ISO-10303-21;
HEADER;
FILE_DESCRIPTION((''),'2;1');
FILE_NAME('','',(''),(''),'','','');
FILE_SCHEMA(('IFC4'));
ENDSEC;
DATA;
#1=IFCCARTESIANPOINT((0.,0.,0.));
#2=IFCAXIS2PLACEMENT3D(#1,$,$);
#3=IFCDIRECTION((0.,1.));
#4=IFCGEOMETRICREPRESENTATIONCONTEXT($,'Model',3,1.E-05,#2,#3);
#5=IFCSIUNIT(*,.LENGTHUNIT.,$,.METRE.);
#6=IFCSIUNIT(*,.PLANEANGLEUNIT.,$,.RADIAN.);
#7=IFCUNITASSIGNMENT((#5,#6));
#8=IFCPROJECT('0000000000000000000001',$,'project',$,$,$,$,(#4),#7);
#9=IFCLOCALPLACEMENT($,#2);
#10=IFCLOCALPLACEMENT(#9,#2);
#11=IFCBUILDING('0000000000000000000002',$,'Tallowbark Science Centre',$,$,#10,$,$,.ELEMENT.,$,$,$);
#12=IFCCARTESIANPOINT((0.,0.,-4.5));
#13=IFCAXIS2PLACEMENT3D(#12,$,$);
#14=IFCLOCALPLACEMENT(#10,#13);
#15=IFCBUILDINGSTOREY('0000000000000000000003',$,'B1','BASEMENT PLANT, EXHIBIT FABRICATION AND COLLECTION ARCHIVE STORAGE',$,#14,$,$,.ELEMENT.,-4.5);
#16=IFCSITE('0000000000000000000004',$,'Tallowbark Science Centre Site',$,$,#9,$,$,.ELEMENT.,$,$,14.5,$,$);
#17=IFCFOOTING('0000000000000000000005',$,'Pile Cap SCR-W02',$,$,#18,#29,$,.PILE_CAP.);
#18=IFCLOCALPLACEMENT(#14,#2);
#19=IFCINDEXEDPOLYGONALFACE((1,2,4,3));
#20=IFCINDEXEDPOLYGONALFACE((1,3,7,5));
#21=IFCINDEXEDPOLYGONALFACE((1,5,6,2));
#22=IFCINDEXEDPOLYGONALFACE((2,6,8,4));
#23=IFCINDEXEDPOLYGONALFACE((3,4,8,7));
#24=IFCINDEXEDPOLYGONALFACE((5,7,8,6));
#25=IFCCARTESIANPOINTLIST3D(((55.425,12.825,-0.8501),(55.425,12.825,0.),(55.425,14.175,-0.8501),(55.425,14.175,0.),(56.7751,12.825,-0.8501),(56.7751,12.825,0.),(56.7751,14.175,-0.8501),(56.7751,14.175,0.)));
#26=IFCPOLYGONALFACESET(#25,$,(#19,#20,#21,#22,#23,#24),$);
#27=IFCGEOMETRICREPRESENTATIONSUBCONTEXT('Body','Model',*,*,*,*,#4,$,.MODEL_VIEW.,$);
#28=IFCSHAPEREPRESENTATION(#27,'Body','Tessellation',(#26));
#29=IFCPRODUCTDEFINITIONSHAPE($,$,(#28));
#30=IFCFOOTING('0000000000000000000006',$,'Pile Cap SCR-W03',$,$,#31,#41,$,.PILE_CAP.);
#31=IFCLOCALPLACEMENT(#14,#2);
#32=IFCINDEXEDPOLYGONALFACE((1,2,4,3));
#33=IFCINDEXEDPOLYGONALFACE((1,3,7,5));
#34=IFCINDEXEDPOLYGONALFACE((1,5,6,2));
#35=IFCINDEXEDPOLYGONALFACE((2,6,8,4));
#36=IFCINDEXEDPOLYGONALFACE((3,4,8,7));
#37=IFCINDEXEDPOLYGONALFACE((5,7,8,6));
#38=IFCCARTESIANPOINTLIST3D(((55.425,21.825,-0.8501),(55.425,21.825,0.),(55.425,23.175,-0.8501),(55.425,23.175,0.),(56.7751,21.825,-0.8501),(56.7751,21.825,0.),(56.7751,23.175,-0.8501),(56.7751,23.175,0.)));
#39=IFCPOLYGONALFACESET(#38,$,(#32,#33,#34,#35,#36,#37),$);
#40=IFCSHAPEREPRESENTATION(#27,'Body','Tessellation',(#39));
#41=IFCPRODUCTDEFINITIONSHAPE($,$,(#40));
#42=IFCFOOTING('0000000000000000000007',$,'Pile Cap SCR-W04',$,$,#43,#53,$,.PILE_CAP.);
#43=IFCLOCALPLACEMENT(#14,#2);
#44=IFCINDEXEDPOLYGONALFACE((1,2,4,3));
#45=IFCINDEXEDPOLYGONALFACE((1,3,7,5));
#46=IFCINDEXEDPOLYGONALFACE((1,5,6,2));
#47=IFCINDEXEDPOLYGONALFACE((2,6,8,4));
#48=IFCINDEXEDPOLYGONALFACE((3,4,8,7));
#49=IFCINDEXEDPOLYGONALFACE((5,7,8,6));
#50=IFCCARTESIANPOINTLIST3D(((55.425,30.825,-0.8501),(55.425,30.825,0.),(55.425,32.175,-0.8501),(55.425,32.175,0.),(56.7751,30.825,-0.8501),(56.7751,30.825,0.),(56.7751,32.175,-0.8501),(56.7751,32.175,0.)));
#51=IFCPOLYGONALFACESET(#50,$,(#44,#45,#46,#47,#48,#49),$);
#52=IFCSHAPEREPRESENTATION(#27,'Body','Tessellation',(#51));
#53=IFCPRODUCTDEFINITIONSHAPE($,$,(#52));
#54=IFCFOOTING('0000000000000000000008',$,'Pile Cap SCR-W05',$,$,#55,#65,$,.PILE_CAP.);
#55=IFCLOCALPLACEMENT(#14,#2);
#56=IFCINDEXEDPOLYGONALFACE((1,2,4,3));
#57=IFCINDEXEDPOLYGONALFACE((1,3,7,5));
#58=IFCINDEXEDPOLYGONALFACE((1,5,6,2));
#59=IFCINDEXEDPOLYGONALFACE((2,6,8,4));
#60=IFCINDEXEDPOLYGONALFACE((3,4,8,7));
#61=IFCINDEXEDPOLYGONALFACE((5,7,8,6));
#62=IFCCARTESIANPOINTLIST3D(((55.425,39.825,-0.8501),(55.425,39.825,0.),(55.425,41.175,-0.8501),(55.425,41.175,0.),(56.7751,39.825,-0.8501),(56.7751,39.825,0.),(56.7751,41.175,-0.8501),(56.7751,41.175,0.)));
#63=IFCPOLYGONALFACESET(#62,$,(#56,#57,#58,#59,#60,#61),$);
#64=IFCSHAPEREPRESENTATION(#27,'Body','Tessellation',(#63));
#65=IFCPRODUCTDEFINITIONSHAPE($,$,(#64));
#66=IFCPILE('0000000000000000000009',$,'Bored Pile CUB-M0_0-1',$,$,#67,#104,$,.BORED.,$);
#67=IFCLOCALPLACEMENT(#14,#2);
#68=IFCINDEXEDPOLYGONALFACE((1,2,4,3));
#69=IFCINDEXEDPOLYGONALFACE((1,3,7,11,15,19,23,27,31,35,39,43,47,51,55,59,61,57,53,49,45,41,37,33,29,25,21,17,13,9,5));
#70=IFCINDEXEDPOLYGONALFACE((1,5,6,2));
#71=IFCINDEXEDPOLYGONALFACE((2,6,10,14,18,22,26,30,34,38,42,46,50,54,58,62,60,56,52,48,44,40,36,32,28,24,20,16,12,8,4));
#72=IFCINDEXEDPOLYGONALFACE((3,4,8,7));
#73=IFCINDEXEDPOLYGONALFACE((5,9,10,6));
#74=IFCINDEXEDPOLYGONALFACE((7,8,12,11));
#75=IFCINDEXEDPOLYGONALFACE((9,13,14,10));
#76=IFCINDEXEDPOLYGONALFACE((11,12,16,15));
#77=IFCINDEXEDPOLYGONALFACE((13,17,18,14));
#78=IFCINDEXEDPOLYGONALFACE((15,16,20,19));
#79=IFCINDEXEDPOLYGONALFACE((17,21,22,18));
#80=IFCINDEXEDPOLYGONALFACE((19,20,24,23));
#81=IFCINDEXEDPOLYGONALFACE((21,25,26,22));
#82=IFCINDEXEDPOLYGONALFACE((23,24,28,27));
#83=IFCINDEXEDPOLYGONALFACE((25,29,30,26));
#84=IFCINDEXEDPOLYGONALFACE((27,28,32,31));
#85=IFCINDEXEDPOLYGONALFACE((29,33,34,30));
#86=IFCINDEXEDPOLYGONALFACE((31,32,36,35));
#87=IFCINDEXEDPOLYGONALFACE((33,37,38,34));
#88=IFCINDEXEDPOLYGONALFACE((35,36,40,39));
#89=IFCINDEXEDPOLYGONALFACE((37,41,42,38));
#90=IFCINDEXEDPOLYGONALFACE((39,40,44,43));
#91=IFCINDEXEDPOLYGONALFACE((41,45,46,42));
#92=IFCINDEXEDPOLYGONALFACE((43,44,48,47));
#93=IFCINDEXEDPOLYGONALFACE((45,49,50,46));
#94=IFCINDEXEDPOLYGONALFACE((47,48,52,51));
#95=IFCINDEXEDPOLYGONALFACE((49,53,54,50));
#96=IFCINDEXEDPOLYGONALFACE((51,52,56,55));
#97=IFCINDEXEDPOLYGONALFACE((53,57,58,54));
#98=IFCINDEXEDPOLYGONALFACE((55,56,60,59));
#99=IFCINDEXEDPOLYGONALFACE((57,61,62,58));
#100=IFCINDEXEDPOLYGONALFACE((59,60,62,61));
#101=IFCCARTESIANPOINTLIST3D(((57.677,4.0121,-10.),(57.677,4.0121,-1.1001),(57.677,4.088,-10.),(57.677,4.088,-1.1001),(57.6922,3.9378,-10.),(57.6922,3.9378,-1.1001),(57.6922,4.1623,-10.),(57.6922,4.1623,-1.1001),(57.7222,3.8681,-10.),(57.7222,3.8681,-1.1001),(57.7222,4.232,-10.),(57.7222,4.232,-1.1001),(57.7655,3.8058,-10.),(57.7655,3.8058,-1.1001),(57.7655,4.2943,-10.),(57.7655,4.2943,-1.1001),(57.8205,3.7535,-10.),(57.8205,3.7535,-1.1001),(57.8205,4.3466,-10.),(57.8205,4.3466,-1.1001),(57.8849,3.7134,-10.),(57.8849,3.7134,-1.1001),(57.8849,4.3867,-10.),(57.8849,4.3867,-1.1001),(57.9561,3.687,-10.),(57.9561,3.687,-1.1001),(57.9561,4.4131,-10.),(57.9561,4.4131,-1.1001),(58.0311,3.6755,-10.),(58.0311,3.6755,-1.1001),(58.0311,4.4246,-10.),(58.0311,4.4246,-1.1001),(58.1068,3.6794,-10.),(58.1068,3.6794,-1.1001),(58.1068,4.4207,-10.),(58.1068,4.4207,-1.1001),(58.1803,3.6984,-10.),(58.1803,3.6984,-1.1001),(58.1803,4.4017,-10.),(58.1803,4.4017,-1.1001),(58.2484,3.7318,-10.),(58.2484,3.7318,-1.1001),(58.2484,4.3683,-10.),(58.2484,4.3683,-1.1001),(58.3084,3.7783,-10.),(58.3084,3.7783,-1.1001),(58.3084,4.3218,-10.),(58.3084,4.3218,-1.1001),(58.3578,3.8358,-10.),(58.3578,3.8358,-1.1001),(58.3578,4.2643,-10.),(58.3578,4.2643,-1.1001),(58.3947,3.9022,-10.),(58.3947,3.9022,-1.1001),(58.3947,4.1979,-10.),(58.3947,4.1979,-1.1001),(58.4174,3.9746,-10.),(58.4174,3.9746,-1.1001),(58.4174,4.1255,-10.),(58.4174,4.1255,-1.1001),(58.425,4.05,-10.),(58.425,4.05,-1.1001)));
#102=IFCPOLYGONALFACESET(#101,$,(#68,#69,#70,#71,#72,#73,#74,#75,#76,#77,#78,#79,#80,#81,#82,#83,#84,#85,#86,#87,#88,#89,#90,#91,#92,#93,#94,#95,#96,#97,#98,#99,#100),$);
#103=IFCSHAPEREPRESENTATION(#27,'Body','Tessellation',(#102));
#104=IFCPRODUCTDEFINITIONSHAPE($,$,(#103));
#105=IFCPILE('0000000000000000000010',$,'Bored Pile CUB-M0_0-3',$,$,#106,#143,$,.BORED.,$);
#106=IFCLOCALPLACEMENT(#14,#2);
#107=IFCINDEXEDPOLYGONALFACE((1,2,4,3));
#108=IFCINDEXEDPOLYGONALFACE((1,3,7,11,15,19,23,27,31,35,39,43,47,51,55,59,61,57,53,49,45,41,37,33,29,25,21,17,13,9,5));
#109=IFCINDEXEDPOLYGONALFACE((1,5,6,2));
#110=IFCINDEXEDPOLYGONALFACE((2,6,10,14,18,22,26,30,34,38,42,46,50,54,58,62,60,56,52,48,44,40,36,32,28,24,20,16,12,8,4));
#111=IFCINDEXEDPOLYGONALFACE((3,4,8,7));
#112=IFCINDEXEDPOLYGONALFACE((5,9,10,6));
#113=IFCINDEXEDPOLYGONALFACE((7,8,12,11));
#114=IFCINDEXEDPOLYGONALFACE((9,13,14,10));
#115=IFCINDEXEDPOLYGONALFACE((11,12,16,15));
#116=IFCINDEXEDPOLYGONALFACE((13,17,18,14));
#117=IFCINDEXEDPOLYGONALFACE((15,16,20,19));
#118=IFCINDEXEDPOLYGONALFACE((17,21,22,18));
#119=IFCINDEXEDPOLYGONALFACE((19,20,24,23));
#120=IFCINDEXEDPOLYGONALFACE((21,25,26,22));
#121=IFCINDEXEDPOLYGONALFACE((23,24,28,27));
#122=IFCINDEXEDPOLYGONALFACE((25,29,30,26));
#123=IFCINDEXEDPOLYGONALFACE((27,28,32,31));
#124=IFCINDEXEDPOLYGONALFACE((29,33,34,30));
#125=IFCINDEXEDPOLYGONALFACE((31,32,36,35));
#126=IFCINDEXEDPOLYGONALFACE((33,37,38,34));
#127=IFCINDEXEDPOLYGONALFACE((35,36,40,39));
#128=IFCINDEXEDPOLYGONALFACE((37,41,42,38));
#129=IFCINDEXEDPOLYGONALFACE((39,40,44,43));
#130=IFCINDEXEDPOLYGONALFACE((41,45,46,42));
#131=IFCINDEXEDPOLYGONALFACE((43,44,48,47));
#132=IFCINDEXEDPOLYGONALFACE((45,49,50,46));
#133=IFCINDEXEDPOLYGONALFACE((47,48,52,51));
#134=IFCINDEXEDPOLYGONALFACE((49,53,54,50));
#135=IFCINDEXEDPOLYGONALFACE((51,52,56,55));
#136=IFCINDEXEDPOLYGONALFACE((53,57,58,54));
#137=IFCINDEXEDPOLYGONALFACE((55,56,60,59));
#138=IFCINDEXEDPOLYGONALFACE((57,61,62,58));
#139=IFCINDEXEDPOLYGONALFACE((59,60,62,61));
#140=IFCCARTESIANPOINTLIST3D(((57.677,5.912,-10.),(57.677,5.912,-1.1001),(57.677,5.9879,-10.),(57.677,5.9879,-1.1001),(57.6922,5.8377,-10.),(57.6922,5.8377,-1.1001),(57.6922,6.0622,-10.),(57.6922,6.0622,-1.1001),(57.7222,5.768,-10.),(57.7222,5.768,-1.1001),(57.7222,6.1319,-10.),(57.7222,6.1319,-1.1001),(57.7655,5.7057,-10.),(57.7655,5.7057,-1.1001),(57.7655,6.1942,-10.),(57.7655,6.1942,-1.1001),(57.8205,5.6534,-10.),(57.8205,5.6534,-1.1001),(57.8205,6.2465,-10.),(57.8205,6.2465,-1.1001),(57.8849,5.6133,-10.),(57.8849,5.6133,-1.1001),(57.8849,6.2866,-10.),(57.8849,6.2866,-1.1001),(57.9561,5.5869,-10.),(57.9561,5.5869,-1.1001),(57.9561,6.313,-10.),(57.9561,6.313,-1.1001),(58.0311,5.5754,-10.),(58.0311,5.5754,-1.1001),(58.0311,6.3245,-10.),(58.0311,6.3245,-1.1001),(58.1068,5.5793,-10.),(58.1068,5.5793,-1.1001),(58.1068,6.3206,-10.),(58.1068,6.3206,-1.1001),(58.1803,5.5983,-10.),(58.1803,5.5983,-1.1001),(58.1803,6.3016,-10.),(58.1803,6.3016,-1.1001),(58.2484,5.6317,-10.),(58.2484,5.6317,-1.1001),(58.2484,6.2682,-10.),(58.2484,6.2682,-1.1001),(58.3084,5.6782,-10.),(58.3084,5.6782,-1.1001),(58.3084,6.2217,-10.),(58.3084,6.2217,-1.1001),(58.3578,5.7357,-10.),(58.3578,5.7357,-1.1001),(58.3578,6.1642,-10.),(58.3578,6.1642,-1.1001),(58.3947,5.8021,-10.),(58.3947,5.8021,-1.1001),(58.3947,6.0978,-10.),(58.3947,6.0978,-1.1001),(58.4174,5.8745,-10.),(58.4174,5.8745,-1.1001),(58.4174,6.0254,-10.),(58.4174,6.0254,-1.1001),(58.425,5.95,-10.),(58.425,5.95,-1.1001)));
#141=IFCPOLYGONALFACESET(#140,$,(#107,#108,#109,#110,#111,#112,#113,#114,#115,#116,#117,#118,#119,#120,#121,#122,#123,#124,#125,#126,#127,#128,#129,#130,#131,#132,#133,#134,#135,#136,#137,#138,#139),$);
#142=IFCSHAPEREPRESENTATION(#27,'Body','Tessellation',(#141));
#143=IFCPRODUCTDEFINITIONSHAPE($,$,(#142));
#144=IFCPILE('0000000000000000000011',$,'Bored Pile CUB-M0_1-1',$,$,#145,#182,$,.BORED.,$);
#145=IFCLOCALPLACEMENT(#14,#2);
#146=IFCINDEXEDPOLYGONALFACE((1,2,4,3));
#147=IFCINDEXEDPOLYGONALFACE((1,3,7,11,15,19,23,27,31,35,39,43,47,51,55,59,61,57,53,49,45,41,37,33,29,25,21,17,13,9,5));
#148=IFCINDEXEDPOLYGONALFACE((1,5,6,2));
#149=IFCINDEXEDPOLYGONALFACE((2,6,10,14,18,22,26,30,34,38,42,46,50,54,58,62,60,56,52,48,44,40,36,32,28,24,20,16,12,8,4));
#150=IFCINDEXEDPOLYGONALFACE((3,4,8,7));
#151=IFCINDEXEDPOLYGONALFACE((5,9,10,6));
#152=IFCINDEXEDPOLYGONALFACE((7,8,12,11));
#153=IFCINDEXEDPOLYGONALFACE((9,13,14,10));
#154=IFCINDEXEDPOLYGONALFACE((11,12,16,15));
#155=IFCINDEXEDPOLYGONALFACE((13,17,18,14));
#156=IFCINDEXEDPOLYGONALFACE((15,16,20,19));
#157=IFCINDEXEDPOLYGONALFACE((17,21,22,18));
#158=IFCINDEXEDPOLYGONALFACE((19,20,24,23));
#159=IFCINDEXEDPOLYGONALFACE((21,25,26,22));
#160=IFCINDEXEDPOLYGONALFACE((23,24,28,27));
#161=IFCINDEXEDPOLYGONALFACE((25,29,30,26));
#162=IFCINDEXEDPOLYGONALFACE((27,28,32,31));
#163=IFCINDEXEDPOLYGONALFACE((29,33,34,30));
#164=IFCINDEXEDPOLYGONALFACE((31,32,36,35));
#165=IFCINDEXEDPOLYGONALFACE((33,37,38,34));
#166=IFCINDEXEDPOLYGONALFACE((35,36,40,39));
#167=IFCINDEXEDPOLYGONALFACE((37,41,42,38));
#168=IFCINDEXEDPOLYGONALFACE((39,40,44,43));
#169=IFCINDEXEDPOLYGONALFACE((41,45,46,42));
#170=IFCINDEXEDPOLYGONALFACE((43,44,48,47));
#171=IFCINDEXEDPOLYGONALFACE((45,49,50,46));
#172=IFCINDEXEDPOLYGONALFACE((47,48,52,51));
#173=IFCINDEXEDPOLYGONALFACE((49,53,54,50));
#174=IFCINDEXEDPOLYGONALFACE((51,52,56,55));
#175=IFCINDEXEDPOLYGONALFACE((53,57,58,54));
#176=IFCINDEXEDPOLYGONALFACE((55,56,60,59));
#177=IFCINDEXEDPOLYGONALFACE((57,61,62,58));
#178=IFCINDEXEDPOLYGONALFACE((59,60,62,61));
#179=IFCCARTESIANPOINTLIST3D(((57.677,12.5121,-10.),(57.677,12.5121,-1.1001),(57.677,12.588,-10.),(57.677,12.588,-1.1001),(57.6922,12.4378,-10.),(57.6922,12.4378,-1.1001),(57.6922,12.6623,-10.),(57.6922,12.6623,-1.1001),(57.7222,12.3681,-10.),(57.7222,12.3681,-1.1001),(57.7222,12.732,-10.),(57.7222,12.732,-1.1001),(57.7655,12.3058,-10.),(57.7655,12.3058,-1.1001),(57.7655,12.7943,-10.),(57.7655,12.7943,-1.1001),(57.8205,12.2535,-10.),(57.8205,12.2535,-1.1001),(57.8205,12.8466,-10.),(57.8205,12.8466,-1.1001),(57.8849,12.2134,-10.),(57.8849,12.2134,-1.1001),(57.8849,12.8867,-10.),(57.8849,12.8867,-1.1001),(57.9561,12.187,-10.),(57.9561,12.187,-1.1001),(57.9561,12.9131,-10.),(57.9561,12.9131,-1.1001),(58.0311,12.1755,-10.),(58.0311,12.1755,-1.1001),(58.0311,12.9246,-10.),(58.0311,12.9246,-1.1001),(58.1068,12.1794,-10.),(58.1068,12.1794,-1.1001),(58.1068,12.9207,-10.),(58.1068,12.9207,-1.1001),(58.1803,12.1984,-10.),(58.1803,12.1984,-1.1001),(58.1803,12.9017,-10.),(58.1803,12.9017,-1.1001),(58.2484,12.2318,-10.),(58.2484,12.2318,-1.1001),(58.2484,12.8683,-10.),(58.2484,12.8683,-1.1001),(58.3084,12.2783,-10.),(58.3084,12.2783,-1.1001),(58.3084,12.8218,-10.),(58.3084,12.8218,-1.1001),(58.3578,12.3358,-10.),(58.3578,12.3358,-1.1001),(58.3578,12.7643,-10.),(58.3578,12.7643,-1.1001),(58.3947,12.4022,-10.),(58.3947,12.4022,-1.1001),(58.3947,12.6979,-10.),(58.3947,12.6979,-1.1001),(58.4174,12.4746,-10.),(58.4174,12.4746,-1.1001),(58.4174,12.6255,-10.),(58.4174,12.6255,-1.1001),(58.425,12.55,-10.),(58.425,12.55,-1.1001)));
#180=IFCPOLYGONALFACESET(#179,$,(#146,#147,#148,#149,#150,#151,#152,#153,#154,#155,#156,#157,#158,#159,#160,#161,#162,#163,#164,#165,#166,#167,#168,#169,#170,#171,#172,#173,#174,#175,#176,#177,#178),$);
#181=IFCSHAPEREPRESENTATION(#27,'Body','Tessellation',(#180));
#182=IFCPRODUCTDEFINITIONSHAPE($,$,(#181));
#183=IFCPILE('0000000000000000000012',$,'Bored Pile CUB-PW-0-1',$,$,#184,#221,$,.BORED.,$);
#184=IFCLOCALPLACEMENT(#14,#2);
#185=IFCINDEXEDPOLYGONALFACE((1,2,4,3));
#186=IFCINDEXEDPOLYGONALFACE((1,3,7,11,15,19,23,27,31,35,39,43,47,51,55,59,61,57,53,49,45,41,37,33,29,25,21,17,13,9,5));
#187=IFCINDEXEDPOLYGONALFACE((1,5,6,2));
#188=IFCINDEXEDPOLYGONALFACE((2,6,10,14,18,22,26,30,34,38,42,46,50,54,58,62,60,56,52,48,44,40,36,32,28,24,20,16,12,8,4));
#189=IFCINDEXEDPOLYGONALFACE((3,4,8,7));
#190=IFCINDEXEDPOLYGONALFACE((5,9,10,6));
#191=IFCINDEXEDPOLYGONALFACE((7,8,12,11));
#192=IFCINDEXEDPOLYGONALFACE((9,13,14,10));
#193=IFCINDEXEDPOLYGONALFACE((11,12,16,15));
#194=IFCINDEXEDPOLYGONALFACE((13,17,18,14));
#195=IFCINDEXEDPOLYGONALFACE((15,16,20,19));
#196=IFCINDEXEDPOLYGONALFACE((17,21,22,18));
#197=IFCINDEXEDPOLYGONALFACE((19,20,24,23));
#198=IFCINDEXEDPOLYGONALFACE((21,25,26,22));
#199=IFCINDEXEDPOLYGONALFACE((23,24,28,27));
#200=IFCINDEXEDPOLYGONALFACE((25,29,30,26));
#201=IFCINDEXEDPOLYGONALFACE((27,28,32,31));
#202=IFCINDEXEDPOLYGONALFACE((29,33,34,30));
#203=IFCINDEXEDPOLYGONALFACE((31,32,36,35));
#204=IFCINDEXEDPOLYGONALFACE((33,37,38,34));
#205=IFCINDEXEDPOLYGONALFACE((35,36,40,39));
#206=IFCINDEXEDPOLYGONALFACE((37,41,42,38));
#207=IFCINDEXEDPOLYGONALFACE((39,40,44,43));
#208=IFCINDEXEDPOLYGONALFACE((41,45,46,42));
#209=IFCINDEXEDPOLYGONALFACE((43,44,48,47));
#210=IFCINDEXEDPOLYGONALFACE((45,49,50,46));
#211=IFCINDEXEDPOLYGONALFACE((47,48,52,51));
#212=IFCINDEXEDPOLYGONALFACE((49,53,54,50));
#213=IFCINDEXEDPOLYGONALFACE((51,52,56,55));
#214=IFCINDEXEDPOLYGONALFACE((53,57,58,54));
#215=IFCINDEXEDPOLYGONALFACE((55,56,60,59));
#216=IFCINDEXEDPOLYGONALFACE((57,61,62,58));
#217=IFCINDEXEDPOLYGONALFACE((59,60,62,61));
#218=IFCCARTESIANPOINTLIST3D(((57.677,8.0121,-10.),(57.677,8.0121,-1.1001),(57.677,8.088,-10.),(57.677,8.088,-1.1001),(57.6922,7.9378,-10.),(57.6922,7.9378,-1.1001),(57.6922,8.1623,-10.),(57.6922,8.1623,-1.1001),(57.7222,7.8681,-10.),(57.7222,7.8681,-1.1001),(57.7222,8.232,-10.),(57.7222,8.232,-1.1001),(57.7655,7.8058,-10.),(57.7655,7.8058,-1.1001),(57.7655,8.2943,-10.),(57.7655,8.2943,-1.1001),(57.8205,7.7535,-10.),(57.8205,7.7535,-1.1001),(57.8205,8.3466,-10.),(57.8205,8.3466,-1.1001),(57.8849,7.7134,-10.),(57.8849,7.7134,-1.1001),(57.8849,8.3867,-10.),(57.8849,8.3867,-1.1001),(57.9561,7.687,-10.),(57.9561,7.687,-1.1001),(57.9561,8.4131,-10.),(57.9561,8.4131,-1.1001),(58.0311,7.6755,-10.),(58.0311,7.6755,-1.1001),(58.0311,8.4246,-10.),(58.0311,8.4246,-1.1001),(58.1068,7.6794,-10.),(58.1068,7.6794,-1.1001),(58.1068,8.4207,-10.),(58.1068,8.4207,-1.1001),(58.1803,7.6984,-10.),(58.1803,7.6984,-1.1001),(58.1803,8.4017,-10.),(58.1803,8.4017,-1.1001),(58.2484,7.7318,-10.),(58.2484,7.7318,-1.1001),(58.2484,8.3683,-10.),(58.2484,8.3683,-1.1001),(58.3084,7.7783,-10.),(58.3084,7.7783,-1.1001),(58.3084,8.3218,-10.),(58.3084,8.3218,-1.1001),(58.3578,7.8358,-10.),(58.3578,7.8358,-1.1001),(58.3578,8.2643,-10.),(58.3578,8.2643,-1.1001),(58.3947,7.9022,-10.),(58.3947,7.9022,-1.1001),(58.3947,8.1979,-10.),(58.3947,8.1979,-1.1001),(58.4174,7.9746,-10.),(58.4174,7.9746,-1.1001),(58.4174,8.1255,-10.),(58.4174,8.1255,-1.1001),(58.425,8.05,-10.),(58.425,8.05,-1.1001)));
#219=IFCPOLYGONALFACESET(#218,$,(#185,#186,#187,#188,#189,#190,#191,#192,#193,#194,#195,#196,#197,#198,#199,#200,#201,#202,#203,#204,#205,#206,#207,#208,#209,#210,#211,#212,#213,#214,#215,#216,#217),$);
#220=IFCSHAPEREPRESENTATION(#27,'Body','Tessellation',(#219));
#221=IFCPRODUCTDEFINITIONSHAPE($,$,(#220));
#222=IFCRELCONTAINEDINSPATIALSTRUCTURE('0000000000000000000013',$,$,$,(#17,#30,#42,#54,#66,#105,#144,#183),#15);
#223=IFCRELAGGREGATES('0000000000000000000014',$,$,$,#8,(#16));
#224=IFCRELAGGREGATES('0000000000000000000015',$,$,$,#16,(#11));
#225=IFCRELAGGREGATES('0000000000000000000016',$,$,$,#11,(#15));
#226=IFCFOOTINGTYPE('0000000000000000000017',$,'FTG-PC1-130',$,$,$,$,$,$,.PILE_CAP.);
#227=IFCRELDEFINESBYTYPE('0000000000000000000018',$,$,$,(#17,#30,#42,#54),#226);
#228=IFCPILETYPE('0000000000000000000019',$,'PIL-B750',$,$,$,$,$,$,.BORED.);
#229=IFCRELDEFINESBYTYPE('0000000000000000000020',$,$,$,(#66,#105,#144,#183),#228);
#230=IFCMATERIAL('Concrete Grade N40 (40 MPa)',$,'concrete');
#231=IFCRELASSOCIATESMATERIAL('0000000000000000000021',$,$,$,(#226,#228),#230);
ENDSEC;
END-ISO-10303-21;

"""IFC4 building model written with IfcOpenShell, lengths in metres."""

from ifc_helpers import new_model, si_unit, direction, frame, origin, origin_2d, place, context, subcontext, project, spatial, rectangle, circle, extrude, material, material_profile, profile_set, type_object, element, save


model = new_model("IFC4")

# Units and contexts
model_context = context("Model", 3, precision=1e-05, world=origin(), true_north=direction((0.0, 1.0)))
body_context = subcontext(model_context, "Body", "Model", "MODEL_VIEW")
ifc_project = project(units=[si_unit("LENGTHUNIT", "METRE"), si_unit("PLANEANGLEUNIT", "RADIAN")], contexts=[model_context])

# Site, building, storey
site_placement = place(None, origin())
site = spatial("IfcSite", under=ifc_project, at=site_placement, Name="Tallowbark Science Centre Site", CompositionType="ELEMENT", RefElevation=14.5)
building_placement = place(site_placement, origin())
building = spatial("IfcBuilding", under=site, at=building_placement, Name="Tallowbark Science Centre", CompositionType="ELEMENT")
storey_placement = place(building_placement, frame((0.0, 0.0, -4.5)))
storey = spatial("IfcBuildingStorey", under=building, at=storey_placement, Name="B1", Description="BASEMENT PLANT, EXHIBIT FABRICATION AND COLLECTION ARCHIVE STORAGE", CompositionType="ELEMENT", Elevation=-4.5)

# Footings
ifc_material_1 = material(Name="Concrete Grade N40 (40 MPa)", Category="concrete")
footing_type = type_object("IfcFootingType", Name="FTG-PC1-130", PredefinedType="PILE_CAP", material=ifc_material_1)
for number, where, z_axis, x_axis, name in (
    (1, (56.1001, 13.5, -0.8501), (0.0, 0.0, 1.0), (1.0, 0.0, 0.0), "Pile Cap SCR-W02"),
    (2, (56.1001, 22.5, -0.8501), (0.0, 0.0, 1.0), (1.0, 0.0, 0.0), "Pile Cap SCR-W03"),
    (3, (56.1001, 31.5, -0.8501), (0.0, 0.0, 1.0), (1.0, 0.0, 0.0), "Pile Cap SCR-W04"),
    (4, (56.1001, 40.5, -0.8501), (0.0, 0.0, 1.0), (1.0, 0.0, 0.0), "Pile Cap SCR-W05"),
):
    element("IfcFooting", number, at=place(storey_placement, frame(where, z_axis=z_axis, x_axis=x_axis)), inside=storey, type_object=footing_type, Name=name, PredefinedType="PILE_CAP", context=body_context, shape_type="SweptSolid", body=[
        extrude(rectangle(XDim=1.3501, YDim=1.3501, at=origin_2d()), origin(), (0.0, 0.0, 1.0), 0.8501),
    ])

# Piles
ifc_material_profile_1 = material_profile(ifc_material_1, circle(Radius=0.375, at=origin_2d()), Name="PILE750")
ifc_profile_set_1 = profile_set([ifc_material_profile_1], Name="Concrete Grade N40 (40 MPa)")
pile_type = type_object("IfcPileType", Name="PIL-B750", PredefinedType="BORED", material=ifc_profile_set_1)
for number, where, z_axis, x_axis, name in (
    (5, (58.05, 4.05, -1.1001), (0.0, 0.0, -1.0), (1.0, 0.0, 0.0), "Bored Pile CUB-M0_0-1"),
    (6, (58.05, 5.95, -1.1001), (0.0, 0.0, -1.0), (1.0, 0.0, 0.0), "Bored Pile CUB-M0_0-3"),
    (7, (58.05, 12.55, -1.1001), (0.0, 0.0, -1.0), (1.0, 0.0, 0.0), "Bored Pile CUB-M0_1-1"),
    (8, (58.05, 8.05, -1.1001), (0.0, 0.0, -1.0), (1.0, 0.0, 0.0), "Bored Pile CUB-PW-0-1"),
):
    element("IfcPile", number, at=place(storey_placement, frame(where, z_axis=z_axis, x_axis=x_axis)), inside=storey, type_object=pile_type, Name=name, PredefinedType="BORED", context=body_context, shape_type="SweptSolid", body=[
        extrude(circle(Radius=0.375, at=origin_2d()), origin(), (0.0, 0.0, 1.0), 8.8999),
    ])

save(model, "model.ifc")
